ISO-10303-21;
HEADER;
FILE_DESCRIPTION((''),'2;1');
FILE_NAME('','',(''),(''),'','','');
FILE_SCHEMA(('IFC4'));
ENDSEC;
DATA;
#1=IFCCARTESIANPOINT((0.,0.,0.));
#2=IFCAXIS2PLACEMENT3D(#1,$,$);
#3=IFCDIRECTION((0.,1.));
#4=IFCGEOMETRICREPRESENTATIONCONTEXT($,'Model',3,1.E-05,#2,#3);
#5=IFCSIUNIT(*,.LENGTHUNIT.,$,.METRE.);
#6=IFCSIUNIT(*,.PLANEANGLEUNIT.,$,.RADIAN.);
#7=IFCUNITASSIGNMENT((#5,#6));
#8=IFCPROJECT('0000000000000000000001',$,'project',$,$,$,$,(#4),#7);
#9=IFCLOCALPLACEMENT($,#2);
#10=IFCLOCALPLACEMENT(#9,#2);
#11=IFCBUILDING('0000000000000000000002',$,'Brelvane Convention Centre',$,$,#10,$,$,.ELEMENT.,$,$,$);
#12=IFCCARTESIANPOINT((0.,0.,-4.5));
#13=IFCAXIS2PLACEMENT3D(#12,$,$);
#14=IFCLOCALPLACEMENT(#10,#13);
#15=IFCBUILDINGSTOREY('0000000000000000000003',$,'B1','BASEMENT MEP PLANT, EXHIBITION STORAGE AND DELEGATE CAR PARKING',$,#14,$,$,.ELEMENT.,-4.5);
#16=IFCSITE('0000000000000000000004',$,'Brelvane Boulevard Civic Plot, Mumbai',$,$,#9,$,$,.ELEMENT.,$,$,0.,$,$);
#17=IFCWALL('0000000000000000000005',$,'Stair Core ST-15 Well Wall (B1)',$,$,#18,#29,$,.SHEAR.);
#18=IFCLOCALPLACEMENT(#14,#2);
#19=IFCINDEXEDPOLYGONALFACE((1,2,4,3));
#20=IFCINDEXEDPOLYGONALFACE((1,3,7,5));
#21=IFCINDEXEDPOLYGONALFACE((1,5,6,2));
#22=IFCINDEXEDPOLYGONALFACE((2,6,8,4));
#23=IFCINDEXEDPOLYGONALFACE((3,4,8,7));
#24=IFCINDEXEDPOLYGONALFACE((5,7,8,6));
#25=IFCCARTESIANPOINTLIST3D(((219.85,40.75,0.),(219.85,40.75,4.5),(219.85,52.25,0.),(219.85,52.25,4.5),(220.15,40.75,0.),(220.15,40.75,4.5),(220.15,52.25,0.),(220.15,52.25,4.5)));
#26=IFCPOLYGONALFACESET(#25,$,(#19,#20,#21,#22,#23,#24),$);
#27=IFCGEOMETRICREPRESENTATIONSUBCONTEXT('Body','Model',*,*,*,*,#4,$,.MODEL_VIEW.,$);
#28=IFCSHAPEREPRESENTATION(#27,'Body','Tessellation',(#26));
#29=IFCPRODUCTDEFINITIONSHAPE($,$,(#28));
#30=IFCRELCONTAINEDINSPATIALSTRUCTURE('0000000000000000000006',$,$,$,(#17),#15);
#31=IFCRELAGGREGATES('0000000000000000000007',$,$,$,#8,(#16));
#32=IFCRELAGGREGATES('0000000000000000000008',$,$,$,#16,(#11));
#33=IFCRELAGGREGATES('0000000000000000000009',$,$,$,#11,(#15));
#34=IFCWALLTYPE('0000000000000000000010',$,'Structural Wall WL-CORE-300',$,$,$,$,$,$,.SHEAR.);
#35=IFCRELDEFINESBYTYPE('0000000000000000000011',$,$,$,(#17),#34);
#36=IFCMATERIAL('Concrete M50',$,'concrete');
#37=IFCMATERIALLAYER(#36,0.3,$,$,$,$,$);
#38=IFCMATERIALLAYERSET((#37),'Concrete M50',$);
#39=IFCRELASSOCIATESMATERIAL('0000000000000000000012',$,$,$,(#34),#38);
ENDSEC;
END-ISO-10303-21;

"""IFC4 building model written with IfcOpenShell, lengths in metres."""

from ifc_helpers import new_model, si_unit, direction, frame, frame_2d, origin, place, context, subcontext, project, spatial, rectangle, extrude, material, layer, layer_set, type_object, element, save


model = new_model("IFC4")

# Units and contexts
model_context = context("Model", 3, precision=1e-05, world=origin(), true_north=direction((0.0, 1.0)))
body_context = subcontext(model_context, "Body", "Model", "MODEL_VIEW")
ifc_project = project(units=[si_unit("LENGTHUNIT", "METRE"), si_unit("PLANEANGLEUNIT", "RADIAN")], contexts=[model_context])

# Site, building, storey
site_placement = place(None, origin())
site = spatial("IfcSite", under=ifc_project, at=site_placement, Name="Brelvane Boulevard Civic Plot, Mumbai", CompositionType="ELEMENT", RefElevation=0.0)
building_placement = place(site_placement, origin())
building = spatial("IfcBuilding", under=site, at=building_placement, Name="Brelvane Convention Centre", CompositionType="ELEMENT")
storey_placement = place(building_placement, frame((0.0, 0.0, -4.5)))
storey = spatial("IfcBuildingStorey", under=building, at=storey_placement, Name="B1", Description="BASEMENT MEP PLANT, EXHIBITION STORAGE AND DELEGATE CAR PARKING", CompositionType="ELEMENT", Elevation=-4.5)

# Wall
ifc_material_1 = material(Name="Concrete M50", Category="concrete")
ifc_layer = layer(ifc_material_1, 0.3)
ifc_layer_set = layer_set([ifc_layer], Name="Concrete M50")
wall_type = type_object("IfcWallType", Name="Structural Wall WL-CORE-300", PredefinedType="SHEAR", material=ifc_layer_set)
wall_1_placement = place(storey_placement, frame((220.0, 40.75, 0.0), z_axis=(0.0, 0.0, 1.0), x_axis=(0.0, 1.0, 0.0)))
element("IfcWall", 1, at=wall_1_placement, inside=storey, type_object=wall_type, Name="Stair Core ST-15 Well Wall (B1)", PredefinedType="SHEAR", context=body_context, shape_type="SweptSolid", body=[
    extrude(rectangle(XDim=11.5, YDim=0.3, at=frame_2d((5.75, 0.0))), origin(), (0.0, 0.0, 1.0), 4.5),
])

save(model, "model.ifc")
